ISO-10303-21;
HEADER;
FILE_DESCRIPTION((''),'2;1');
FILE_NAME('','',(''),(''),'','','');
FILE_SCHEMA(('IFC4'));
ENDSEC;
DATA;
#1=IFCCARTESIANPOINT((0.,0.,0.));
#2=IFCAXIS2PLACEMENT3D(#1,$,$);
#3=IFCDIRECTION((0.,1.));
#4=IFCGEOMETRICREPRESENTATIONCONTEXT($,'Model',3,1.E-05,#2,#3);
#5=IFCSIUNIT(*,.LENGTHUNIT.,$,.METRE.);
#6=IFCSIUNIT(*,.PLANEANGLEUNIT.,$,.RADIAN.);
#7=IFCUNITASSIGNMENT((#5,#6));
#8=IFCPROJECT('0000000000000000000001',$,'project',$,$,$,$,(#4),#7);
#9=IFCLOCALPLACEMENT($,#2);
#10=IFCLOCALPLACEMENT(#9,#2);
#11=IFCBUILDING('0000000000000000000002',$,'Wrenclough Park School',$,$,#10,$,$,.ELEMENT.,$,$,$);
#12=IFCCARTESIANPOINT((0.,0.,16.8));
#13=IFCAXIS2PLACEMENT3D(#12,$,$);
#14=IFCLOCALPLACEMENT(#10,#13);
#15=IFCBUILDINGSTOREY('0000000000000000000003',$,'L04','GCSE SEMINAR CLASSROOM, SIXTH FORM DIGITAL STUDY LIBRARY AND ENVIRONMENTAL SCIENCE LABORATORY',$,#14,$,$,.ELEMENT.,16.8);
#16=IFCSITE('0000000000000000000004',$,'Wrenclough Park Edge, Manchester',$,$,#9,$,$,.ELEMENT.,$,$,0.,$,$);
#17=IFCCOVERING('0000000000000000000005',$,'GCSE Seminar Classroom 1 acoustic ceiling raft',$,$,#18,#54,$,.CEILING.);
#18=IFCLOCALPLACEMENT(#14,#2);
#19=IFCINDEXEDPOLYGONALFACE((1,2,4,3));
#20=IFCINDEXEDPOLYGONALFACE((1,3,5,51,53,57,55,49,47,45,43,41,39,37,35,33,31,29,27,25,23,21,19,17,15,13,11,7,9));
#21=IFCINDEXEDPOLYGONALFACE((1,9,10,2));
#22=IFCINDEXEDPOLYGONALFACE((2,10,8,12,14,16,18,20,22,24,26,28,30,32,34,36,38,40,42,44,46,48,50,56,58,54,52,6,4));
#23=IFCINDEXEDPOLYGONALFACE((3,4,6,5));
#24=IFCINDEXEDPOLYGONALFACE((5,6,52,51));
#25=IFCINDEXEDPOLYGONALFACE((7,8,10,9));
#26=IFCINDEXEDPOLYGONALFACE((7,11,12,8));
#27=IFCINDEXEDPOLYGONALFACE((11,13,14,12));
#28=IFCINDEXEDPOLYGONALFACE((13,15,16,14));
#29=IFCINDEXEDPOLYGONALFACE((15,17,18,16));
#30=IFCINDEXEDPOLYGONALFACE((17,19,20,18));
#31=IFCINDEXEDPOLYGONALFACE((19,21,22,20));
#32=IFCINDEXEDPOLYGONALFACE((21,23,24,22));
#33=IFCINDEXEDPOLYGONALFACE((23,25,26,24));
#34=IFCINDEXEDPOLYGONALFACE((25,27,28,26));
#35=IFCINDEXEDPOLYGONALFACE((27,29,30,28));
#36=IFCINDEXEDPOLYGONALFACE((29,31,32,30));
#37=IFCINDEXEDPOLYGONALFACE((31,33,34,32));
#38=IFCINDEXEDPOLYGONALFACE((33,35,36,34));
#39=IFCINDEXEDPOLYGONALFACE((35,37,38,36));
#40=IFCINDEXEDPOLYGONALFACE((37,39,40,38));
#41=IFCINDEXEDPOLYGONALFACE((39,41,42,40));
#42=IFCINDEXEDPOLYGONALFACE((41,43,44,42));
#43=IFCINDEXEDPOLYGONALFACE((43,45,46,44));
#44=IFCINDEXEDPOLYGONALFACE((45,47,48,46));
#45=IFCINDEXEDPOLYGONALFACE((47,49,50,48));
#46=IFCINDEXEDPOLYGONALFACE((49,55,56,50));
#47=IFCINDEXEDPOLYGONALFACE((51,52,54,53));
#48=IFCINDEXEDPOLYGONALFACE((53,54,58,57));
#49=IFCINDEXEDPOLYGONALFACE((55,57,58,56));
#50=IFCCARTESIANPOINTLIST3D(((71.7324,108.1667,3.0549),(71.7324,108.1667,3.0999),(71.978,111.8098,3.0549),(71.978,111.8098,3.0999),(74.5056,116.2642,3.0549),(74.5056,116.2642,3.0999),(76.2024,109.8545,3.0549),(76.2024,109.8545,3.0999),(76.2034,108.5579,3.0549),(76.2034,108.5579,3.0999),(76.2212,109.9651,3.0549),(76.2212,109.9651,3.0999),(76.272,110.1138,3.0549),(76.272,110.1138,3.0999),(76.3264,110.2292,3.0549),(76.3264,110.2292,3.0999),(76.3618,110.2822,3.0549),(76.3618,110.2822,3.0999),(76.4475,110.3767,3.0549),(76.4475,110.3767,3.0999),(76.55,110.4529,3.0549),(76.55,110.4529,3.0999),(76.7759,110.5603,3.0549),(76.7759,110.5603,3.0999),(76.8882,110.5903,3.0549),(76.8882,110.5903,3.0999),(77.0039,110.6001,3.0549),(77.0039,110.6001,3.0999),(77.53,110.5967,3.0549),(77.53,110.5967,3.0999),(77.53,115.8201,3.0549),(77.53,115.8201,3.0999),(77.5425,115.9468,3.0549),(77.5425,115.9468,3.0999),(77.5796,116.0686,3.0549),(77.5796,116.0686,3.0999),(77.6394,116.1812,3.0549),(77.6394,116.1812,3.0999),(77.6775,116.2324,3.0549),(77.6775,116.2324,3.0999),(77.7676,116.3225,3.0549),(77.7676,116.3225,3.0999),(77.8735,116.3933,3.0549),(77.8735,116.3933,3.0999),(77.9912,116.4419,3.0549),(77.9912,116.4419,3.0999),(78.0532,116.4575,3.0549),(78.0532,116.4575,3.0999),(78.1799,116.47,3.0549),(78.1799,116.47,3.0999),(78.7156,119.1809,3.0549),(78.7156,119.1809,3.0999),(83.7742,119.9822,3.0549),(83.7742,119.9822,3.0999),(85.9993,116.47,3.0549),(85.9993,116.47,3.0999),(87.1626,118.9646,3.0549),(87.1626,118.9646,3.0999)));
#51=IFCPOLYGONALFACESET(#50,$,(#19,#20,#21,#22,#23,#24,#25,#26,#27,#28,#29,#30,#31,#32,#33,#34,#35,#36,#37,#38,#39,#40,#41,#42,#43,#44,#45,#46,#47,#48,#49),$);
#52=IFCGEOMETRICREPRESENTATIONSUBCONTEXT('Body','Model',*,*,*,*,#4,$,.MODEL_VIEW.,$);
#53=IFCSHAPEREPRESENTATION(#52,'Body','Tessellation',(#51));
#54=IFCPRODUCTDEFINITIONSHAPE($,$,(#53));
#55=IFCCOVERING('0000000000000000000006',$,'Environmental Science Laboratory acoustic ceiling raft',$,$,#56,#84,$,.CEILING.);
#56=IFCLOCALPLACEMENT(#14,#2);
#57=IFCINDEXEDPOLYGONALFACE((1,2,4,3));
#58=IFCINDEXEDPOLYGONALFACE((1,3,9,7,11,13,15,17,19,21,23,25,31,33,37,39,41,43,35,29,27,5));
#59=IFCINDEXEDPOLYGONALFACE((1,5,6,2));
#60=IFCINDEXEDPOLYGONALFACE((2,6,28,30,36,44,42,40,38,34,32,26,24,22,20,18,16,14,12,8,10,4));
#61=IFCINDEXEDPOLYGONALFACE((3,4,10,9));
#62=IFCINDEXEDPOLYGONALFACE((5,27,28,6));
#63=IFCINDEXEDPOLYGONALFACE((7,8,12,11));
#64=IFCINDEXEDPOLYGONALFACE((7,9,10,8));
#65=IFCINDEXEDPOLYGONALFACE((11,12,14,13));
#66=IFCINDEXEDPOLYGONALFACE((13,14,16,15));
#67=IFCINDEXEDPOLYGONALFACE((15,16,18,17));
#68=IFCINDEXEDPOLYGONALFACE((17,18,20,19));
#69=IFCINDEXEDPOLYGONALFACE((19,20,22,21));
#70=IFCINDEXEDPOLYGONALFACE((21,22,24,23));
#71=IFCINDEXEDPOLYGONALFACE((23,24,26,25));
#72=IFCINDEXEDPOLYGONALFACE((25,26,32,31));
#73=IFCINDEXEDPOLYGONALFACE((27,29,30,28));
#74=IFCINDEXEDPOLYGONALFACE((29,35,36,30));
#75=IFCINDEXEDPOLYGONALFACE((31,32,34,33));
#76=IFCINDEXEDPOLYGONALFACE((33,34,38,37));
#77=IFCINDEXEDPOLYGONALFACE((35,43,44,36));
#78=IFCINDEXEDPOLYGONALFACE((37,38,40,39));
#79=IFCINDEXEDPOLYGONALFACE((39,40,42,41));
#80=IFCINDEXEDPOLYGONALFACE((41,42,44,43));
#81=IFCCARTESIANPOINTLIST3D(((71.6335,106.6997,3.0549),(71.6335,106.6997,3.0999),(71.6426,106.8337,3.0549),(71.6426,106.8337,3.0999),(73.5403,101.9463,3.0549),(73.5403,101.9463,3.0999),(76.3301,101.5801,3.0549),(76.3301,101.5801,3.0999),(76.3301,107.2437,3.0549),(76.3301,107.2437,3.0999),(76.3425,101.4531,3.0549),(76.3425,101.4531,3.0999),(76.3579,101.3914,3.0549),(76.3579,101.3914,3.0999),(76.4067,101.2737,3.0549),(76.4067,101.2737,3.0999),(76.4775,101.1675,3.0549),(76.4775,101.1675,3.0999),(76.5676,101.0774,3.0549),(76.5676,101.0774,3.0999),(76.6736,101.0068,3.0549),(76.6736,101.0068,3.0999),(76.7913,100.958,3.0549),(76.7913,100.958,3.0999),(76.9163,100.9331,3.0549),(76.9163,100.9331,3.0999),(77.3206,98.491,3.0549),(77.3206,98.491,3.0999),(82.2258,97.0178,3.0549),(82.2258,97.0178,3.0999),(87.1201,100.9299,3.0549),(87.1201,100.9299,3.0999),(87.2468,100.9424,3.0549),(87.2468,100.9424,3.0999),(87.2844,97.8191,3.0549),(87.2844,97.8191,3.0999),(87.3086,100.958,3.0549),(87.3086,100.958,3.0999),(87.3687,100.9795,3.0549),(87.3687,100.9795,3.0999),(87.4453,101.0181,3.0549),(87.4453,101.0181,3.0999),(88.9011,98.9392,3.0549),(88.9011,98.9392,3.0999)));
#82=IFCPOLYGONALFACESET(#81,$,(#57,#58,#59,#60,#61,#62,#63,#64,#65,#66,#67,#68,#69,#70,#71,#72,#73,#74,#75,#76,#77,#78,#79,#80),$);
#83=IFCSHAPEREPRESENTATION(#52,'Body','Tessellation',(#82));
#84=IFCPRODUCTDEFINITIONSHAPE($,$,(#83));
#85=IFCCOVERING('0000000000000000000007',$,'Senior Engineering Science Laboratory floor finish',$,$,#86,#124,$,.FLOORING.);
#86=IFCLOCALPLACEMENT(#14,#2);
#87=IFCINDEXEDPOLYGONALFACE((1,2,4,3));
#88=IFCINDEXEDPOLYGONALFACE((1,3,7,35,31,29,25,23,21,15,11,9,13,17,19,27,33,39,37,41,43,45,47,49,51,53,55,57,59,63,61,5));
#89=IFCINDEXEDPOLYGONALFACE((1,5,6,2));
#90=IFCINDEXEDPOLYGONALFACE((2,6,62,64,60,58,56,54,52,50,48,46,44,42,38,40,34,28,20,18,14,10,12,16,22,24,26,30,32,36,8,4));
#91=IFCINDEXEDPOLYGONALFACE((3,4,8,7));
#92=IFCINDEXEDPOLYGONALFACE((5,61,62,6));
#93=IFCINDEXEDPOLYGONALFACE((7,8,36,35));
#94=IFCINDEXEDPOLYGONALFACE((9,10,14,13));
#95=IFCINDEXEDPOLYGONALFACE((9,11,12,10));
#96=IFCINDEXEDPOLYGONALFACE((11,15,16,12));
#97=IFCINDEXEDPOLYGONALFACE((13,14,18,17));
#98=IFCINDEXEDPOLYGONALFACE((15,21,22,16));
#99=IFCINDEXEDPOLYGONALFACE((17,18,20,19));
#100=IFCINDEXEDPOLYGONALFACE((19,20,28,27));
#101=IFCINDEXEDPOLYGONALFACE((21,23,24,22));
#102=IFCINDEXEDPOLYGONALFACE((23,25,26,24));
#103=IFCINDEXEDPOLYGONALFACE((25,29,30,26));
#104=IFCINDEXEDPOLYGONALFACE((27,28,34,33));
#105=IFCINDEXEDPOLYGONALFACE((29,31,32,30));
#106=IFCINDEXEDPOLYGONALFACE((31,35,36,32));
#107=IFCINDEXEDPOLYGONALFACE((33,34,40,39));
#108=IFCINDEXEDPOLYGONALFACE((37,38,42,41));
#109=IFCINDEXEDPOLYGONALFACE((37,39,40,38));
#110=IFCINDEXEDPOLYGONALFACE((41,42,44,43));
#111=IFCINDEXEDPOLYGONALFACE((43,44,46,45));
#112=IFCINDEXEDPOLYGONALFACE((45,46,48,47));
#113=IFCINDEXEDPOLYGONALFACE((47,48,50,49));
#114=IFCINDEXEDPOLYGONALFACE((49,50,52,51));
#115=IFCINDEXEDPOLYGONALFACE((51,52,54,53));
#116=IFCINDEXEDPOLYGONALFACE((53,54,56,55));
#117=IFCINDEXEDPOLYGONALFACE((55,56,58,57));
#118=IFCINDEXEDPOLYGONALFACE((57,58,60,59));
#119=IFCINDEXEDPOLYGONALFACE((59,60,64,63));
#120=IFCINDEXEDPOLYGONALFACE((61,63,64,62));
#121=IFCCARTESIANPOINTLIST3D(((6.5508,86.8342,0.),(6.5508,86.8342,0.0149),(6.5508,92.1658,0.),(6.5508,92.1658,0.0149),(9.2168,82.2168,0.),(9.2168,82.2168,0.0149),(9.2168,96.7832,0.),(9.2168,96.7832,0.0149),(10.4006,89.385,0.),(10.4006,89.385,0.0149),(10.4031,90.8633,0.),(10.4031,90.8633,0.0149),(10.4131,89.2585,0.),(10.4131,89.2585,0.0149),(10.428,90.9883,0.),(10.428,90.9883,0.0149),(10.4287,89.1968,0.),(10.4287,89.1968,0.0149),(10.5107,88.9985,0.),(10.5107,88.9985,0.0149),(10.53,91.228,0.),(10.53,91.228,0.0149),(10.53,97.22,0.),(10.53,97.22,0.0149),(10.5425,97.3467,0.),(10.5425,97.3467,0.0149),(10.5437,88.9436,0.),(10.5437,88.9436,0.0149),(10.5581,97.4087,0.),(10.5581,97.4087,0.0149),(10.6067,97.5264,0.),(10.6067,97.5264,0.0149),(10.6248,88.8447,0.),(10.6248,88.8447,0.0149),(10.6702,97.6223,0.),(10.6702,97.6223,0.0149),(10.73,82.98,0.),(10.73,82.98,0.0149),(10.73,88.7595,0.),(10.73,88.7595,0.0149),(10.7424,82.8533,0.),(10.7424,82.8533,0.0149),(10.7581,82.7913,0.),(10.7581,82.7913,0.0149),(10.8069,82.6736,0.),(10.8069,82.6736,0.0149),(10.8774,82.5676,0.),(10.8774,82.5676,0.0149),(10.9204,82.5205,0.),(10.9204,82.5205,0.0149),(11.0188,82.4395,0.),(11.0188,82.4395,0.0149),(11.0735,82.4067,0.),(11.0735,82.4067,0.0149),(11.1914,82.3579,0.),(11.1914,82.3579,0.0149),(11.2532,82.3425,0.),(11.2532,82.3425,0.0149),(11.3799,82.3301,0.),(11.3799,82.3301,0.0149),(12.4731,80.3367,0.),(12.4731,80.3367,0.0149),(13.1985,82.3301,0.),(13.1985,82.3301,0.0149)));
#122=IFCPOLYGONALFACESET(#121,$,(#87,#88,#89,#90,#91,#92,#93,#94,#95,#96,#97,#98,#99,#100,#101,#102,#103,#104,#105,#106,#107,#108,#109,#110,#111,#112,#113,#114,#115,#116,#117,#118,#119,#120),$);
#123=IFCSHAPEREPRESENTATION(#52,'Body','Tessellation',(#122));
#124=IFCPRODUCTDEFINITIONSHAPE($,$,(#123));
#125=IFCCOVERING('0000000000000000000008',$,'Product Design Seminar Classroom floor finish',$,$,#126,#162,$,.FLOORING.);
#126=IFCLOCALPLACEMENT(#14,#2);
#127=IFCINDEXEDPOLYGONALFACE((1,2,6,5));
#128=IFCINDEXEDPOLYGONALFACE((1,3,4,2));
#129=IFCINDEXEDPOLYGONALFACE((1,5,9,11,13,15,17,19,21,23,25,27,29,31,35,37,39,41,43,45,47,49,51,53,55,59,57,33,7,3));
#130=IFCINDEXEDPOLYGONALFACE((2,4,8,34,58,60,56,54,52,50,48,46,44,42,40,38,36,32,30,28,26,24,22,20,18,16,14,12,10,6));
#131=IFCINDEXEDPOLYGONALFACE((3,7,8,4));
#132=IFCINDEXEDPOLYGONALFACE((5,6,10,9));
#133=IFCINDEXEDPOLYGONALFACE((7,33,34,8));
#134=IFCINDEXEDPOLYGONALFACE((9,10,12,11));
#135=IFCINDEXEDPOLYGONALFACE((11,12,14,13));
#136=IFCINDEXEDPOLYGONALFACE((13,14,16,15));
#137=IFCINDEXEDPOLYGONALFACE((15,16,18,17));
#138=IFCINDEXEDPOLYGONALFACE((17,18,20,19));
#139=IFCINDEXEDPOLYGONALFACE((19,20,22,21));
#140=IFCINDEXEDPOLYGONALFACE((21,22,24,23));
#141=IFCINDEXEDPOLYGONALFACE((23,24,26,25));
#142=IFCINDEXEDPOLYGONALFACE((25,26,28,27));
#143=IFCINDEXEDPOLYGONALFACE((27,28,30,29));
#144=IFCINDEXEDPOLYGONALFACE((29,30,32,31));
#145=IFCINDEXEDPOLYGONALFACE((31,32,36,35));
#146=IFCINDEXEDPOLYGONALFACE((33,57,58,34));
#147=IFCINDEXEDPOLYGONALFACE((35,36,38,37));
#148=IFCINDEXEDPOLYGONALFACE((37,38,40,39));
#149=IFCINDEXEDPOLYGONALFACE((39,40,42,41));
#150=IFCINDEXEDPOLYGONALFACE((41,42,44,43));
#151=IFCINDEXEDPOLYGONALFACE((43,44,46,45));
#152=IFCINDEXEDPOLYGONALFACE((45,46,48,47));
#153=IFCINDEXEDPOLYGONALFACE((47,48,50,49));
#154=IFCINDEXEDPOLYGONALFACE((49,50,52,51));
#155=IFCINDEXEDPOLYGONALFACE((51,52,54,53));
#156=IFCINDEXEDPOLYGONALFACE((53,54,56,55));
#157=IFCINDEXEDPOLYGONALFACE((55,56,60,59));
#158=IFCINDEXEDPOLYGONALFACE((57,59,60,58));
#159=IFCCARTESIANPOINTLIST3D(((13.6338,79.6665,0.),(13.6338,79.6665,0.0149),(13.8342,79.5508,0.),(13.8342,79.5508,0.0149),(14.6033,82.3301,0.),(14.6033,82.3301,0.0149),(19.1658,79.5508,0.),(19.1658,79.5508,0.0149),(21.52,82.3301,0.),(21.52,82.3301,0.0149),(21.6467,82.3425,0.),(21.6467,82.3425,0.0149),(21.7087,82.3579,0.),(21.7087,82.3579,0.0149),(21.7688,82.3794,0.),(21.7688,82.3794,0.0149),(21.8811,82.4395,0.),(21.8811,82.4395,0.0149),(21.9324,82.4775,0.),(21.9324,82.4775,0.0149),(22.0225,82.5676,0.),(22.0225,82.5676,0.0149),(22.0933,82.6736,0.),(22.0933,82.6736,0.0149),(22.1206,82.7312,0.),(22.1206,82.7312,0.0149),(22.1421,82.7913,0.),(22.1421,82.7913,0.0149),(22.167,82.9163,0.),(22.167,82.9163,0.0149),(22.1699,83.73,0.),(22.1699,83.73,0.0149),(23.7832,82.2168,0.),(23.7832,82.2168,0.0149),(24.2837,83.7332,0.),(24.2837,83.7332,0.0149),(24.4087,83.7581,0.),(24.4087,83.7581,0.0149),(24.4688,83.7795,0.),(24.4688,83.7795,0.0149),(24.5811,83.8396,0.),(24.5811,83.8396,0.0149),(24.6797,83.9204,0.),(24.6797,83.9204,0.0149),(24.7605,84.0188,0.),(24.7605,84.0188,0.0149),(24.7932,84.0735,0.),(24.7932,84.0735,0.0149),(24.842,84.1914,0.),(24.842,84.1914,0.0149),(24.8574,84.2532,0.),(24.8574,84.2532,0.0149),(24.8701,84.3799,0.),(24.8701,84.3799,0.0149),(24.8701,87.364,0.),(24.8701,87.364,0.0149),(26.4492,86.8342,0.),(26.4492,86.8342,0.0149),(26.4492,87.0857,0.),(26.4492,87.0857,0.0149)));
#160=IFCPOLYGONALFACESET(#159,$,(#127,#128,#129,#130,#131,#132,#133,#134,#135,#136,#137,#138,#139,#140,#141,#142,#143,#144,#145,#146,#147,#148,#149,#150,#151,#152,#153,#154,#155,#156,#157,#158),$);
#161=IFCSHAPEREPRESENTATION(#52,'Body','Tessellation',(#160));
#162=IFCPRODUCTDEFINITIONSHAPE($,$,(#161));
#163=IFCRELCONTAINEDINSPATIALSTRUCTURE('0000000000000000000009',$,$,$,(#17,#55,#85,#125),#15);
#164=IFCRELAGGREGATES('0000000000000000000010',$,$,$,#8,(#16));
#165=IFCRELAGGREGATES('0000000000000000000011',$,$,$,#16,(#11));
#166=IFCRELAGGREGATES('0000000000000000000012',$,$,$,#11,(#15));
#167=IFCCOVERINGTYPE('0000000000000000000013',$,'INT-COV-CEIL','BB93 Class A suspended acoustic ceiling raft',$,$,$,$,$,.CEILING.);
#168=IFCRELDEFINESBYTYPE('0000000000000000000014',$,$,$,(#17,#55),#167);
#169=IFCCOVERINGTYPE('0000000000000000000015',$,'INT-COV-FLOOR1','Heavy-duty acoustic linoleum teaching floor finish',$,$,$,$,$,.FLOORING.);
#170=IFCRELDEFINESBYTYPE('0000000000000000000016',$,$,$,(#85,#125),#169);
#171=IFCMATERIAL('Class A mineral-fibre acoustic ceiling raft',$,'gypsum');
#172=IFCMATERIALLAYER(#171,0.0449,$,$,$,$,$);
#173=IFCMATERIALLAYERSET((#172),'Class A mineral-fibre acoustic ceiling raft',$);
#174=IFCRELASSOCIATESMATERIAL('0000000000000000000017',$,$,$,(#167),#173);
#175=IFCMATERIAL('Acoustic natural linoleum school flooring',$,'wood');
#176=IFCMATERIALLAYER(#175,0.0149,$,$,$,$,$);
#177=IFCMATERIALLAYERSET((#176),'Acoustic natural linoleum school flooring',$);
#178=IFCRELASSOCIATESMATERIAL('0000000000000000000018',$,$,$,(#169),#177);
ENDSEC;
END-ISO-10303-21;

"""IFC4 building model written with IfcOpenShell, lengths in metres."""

from ifc_helpers import new_model, si_unit, direction, frame, origin, place, context, subcontext, project, spatial, polyline, outline, extrude, material, layer, layer_set, type_object, element, save


model = new_model("IFC4")

# Units and contexts
model_context = context("Model", 3, precision=1e-05, world=origin(), true_north=direction((0.0, 1.0)))
body_context = subcontext(model_context, "Body", "Model", "MODEL_VIEW")
ifc_project = project(units=[si_unit("LENGTHUNIT", "METRE"), si_unit("PLANEANGLEUNIT", "RADIAN")], contexts=[model_context])

# Site, building, storey
site_placement = place(None, origin())
site = spatial("IfcSite", under=ifc_project, at=site_placement, Name="Wrenclough Park Edge, Manchester", CompositionType="ELEMENT", RefElevation=0.0)
building_placement = place(site_placement, origin())
building = spatial("IfcBuilding", under=site, at=building_placement, Name="Wrenclough Park School", CompositionType="ELEMENT")
storey_placement = place(building_placement, frame((0.0, 0.0, 16.8)))
storey = spatial("IfcBuildingStorey", under=building, at=storey_placement, Name="L04", Description="GCSE SEMINAR CLASSROOM, SIXTH FORM DIGITAL STUDY LIBRARY AND ENVIRONMENTAL SCIENCE LABORATORY", CompositionType="ELEMENT", Elevation=16.8)

# Coverings
ifc_material_1 = material(Name="Class A mineral-fibre acoustic ceiling raft", Category="gypsum")
ifc_layer_1 = layer(ifc_material_1, 0.0449)
ifc_layer_set_1 = layer_set([ifc_layer_1], Name="Class A mineral-fibre acoustic ceiling raft")
covering_type_1 = type_object("IfcCoveringType", Name="INT-COV-CEIL", Description="BB93 Class A suspended acoustic ceiling raft", PredefinedType="CEILING", material=ifc_layer_set_1)
covering_1_placement = place(storey_placement, frame((0.0, 0.0, 3.0549)))
element("IfcCovering", 1, at=covering_1_placement, inside=storey, type_object=covering_type_1, Name="GCSE Seminar Classroom 1 acoustic ceiling raft", PredefinedType="CEILING", context=body_context, shape_type="SweptSolid", body=[
    extrude(outline(polyline([(77.0039, 110.6001), (77.53, 110.5967), (77.53, 115.8201), (77.5425, 115.9468), (77.5796, 116.0686), (77.6394, 116.1812), (77.6775, 116.2324), (77.7676, 116.3225), (77.8735, 116.3933), (77.9912, 116.4419), (78.0532, 116.4575), (78.1799, 116.47), (85.9993, 116.47), (87.1626, 118.9646), (83.7742, 119.9822), (78.7156, 119.1809), (74.5056, 116.2642), (71.978, 111.8098), (71.7324, 108.1667), (76.2034, 108.5579), (76.2024, 109.8545), (76.2212, 109.9651), (76.272, 110.1138), (76.3264, 110.2292), (76.3618, 110.2822), (76.4475, 110.3767), (76.55, 110.4529), (76.7759, 110.5603), (76.8882, 110.5903), (77.0039, 110.6001)])), origin(), (0.0, 0.0, 1.0), 0.0449),
])
covering_2_placement = place(storey_placement, frame((0.0, 0.0, 3.0549)))
element("IfcCovering", 2, at=covering_2_placement, inside=storey, type_object=covering_type_1, Name="Environmental Science Laboratory acoustic ceiling raft", PredefinedType="CEILING", context=body_context, shape_type="SweptSolid", body=[
    extrude(outline(polyline([(76.3301, 101.5801), (76.3301, 107.2437), (71.6426, 106.8337), (71.6335, 106.6997), (73.5403, 101.9463), (77.3206, 98.491), (82.2258, 97.0178), (87.2844, 97.8191), (88.9011, 98.9392), (87.4453, 101.0181), (87.3687, 100.9795), (87.3086, 100.958), (87.2468, 100.9424), (87.1201, 100.9299), (76.9163, 100.9331), (76.7913, 100.958), (76.6736, 101.0068), (76.5676, 101.0774), (76.4775, 101.1675), (76.4067, 101.2737), (76.3579, 101.3914), (76.3425, 101.4531), (76.3301, 101.5801)])), origin(), (0.0, 0.0, 1.0), 0.0449),
])
ifc_material_2 = material(Name="Acoustic natural linoleum school flooring", Category="wood")
ifc_layer_2 = layer(ifc_material_2, 0.0149)
ifc_layer_set_2 = layer_set([ifc_layer_2], Name="Acoustic natural linoleum school flooring")
covering_type_2 = type_object("IfcCoveringType", Name="INT-COV-FLOOR1", Description="Heavy-duty acoustic linoleum teaching floor finish", PredefinedType="FLOORING", material=ifc_layer_set_2)
covering_3_placement = place(storey_placement, origin())
element("IfcCovering", 3, at=covering_3_placement, inside=storey, type_object=covering_type_2, Name="Senior Engineering Science Laboratory floor finish", PredefinedType="FLOORING", context=body_context, shape_type="SweptSolid", body=[
    extrude(outline(polyline([(10.53, 91.228), (10.53, 97.22), (10.5425, 97.3467), (10.5581, 97.4087), (10.6067, 97.5264), (10.6702, 97.6223), (9.2168, 96.7832), (6.5508, 92.1658), (6.5508, 86.8342), (9.2168, 82.2168), (12.4731, 80.3367), (13.1985, 82.3301), (11.3799, 82.3301), (11.2532, 82.3425), (11.1914, 82.3579), (11.0735, 82.4067), (11.0188, 82.4395), (10.9204, 82.5205), (10.8774, 82.5676), (10.8069, 82.6736), (10.7581, 82.7913), (10.7424, 82.8533), (10.73, 82.98), (10.73, 88.7595), (10.6248, 88.8447), (10.5437, 88.9436), (10.5107, 88.9985), (10.4287, 89.1968), (10.4131, 89.2585), (10.4006, 89.385), (10.4031, 90.8633), (10.428, 90.9883), (10.53, 91.228)])), origin(), (0.0, 0.0, 1.0), 0.0149),
])
covering_4_placement = place(storey_placement, origin())
element("IfcCovering", 4, at=covering_4_placement, inside=storey, type_object=covering_type_2, Name="Product Design Seminar Classroom floor finish", PredefinedType="FLOORING", context=body_context, shape_type="SweptSolid", body=[
    extrude(outline(polyline([(21.52, 82.3301), (14.6033, 82.3301), (13.6338, 79.6665), (13.8342, 79.5508), (19.1658, 79.5508), (23.7832, 82.2168), (26.4492, 86.8342), (26.4492, 87.0857), (24.8701, 87.364), (24.8701, 84.3799), (24.8574, 84.2532), (24.842, 84.1914), (24.7932, 84.0735), (24.7605, 84.0188), (24.6797, 83.9204), (24.5811, 83.8396), (24.4688, 83.7795), (24.4087, 83.7581), (24.2837, 83.7332), (22.1699, 83.73), (22.167, 82.9163), (22.1421, 82.7913), (22.1206, 82.7312), (22.0933, 82.6736), (22.0225, 82.5676), (21.9324, 82.4775), (21.8811, 82.4395), (21.7688, 82.3794), (21.7087, 82.3579), (21.6467, 82.3425), (21.52, 82.3301)])), origin(), (0.0, 0.0, 1.0), 0.0149),
])

save(model, "model.ifc")
